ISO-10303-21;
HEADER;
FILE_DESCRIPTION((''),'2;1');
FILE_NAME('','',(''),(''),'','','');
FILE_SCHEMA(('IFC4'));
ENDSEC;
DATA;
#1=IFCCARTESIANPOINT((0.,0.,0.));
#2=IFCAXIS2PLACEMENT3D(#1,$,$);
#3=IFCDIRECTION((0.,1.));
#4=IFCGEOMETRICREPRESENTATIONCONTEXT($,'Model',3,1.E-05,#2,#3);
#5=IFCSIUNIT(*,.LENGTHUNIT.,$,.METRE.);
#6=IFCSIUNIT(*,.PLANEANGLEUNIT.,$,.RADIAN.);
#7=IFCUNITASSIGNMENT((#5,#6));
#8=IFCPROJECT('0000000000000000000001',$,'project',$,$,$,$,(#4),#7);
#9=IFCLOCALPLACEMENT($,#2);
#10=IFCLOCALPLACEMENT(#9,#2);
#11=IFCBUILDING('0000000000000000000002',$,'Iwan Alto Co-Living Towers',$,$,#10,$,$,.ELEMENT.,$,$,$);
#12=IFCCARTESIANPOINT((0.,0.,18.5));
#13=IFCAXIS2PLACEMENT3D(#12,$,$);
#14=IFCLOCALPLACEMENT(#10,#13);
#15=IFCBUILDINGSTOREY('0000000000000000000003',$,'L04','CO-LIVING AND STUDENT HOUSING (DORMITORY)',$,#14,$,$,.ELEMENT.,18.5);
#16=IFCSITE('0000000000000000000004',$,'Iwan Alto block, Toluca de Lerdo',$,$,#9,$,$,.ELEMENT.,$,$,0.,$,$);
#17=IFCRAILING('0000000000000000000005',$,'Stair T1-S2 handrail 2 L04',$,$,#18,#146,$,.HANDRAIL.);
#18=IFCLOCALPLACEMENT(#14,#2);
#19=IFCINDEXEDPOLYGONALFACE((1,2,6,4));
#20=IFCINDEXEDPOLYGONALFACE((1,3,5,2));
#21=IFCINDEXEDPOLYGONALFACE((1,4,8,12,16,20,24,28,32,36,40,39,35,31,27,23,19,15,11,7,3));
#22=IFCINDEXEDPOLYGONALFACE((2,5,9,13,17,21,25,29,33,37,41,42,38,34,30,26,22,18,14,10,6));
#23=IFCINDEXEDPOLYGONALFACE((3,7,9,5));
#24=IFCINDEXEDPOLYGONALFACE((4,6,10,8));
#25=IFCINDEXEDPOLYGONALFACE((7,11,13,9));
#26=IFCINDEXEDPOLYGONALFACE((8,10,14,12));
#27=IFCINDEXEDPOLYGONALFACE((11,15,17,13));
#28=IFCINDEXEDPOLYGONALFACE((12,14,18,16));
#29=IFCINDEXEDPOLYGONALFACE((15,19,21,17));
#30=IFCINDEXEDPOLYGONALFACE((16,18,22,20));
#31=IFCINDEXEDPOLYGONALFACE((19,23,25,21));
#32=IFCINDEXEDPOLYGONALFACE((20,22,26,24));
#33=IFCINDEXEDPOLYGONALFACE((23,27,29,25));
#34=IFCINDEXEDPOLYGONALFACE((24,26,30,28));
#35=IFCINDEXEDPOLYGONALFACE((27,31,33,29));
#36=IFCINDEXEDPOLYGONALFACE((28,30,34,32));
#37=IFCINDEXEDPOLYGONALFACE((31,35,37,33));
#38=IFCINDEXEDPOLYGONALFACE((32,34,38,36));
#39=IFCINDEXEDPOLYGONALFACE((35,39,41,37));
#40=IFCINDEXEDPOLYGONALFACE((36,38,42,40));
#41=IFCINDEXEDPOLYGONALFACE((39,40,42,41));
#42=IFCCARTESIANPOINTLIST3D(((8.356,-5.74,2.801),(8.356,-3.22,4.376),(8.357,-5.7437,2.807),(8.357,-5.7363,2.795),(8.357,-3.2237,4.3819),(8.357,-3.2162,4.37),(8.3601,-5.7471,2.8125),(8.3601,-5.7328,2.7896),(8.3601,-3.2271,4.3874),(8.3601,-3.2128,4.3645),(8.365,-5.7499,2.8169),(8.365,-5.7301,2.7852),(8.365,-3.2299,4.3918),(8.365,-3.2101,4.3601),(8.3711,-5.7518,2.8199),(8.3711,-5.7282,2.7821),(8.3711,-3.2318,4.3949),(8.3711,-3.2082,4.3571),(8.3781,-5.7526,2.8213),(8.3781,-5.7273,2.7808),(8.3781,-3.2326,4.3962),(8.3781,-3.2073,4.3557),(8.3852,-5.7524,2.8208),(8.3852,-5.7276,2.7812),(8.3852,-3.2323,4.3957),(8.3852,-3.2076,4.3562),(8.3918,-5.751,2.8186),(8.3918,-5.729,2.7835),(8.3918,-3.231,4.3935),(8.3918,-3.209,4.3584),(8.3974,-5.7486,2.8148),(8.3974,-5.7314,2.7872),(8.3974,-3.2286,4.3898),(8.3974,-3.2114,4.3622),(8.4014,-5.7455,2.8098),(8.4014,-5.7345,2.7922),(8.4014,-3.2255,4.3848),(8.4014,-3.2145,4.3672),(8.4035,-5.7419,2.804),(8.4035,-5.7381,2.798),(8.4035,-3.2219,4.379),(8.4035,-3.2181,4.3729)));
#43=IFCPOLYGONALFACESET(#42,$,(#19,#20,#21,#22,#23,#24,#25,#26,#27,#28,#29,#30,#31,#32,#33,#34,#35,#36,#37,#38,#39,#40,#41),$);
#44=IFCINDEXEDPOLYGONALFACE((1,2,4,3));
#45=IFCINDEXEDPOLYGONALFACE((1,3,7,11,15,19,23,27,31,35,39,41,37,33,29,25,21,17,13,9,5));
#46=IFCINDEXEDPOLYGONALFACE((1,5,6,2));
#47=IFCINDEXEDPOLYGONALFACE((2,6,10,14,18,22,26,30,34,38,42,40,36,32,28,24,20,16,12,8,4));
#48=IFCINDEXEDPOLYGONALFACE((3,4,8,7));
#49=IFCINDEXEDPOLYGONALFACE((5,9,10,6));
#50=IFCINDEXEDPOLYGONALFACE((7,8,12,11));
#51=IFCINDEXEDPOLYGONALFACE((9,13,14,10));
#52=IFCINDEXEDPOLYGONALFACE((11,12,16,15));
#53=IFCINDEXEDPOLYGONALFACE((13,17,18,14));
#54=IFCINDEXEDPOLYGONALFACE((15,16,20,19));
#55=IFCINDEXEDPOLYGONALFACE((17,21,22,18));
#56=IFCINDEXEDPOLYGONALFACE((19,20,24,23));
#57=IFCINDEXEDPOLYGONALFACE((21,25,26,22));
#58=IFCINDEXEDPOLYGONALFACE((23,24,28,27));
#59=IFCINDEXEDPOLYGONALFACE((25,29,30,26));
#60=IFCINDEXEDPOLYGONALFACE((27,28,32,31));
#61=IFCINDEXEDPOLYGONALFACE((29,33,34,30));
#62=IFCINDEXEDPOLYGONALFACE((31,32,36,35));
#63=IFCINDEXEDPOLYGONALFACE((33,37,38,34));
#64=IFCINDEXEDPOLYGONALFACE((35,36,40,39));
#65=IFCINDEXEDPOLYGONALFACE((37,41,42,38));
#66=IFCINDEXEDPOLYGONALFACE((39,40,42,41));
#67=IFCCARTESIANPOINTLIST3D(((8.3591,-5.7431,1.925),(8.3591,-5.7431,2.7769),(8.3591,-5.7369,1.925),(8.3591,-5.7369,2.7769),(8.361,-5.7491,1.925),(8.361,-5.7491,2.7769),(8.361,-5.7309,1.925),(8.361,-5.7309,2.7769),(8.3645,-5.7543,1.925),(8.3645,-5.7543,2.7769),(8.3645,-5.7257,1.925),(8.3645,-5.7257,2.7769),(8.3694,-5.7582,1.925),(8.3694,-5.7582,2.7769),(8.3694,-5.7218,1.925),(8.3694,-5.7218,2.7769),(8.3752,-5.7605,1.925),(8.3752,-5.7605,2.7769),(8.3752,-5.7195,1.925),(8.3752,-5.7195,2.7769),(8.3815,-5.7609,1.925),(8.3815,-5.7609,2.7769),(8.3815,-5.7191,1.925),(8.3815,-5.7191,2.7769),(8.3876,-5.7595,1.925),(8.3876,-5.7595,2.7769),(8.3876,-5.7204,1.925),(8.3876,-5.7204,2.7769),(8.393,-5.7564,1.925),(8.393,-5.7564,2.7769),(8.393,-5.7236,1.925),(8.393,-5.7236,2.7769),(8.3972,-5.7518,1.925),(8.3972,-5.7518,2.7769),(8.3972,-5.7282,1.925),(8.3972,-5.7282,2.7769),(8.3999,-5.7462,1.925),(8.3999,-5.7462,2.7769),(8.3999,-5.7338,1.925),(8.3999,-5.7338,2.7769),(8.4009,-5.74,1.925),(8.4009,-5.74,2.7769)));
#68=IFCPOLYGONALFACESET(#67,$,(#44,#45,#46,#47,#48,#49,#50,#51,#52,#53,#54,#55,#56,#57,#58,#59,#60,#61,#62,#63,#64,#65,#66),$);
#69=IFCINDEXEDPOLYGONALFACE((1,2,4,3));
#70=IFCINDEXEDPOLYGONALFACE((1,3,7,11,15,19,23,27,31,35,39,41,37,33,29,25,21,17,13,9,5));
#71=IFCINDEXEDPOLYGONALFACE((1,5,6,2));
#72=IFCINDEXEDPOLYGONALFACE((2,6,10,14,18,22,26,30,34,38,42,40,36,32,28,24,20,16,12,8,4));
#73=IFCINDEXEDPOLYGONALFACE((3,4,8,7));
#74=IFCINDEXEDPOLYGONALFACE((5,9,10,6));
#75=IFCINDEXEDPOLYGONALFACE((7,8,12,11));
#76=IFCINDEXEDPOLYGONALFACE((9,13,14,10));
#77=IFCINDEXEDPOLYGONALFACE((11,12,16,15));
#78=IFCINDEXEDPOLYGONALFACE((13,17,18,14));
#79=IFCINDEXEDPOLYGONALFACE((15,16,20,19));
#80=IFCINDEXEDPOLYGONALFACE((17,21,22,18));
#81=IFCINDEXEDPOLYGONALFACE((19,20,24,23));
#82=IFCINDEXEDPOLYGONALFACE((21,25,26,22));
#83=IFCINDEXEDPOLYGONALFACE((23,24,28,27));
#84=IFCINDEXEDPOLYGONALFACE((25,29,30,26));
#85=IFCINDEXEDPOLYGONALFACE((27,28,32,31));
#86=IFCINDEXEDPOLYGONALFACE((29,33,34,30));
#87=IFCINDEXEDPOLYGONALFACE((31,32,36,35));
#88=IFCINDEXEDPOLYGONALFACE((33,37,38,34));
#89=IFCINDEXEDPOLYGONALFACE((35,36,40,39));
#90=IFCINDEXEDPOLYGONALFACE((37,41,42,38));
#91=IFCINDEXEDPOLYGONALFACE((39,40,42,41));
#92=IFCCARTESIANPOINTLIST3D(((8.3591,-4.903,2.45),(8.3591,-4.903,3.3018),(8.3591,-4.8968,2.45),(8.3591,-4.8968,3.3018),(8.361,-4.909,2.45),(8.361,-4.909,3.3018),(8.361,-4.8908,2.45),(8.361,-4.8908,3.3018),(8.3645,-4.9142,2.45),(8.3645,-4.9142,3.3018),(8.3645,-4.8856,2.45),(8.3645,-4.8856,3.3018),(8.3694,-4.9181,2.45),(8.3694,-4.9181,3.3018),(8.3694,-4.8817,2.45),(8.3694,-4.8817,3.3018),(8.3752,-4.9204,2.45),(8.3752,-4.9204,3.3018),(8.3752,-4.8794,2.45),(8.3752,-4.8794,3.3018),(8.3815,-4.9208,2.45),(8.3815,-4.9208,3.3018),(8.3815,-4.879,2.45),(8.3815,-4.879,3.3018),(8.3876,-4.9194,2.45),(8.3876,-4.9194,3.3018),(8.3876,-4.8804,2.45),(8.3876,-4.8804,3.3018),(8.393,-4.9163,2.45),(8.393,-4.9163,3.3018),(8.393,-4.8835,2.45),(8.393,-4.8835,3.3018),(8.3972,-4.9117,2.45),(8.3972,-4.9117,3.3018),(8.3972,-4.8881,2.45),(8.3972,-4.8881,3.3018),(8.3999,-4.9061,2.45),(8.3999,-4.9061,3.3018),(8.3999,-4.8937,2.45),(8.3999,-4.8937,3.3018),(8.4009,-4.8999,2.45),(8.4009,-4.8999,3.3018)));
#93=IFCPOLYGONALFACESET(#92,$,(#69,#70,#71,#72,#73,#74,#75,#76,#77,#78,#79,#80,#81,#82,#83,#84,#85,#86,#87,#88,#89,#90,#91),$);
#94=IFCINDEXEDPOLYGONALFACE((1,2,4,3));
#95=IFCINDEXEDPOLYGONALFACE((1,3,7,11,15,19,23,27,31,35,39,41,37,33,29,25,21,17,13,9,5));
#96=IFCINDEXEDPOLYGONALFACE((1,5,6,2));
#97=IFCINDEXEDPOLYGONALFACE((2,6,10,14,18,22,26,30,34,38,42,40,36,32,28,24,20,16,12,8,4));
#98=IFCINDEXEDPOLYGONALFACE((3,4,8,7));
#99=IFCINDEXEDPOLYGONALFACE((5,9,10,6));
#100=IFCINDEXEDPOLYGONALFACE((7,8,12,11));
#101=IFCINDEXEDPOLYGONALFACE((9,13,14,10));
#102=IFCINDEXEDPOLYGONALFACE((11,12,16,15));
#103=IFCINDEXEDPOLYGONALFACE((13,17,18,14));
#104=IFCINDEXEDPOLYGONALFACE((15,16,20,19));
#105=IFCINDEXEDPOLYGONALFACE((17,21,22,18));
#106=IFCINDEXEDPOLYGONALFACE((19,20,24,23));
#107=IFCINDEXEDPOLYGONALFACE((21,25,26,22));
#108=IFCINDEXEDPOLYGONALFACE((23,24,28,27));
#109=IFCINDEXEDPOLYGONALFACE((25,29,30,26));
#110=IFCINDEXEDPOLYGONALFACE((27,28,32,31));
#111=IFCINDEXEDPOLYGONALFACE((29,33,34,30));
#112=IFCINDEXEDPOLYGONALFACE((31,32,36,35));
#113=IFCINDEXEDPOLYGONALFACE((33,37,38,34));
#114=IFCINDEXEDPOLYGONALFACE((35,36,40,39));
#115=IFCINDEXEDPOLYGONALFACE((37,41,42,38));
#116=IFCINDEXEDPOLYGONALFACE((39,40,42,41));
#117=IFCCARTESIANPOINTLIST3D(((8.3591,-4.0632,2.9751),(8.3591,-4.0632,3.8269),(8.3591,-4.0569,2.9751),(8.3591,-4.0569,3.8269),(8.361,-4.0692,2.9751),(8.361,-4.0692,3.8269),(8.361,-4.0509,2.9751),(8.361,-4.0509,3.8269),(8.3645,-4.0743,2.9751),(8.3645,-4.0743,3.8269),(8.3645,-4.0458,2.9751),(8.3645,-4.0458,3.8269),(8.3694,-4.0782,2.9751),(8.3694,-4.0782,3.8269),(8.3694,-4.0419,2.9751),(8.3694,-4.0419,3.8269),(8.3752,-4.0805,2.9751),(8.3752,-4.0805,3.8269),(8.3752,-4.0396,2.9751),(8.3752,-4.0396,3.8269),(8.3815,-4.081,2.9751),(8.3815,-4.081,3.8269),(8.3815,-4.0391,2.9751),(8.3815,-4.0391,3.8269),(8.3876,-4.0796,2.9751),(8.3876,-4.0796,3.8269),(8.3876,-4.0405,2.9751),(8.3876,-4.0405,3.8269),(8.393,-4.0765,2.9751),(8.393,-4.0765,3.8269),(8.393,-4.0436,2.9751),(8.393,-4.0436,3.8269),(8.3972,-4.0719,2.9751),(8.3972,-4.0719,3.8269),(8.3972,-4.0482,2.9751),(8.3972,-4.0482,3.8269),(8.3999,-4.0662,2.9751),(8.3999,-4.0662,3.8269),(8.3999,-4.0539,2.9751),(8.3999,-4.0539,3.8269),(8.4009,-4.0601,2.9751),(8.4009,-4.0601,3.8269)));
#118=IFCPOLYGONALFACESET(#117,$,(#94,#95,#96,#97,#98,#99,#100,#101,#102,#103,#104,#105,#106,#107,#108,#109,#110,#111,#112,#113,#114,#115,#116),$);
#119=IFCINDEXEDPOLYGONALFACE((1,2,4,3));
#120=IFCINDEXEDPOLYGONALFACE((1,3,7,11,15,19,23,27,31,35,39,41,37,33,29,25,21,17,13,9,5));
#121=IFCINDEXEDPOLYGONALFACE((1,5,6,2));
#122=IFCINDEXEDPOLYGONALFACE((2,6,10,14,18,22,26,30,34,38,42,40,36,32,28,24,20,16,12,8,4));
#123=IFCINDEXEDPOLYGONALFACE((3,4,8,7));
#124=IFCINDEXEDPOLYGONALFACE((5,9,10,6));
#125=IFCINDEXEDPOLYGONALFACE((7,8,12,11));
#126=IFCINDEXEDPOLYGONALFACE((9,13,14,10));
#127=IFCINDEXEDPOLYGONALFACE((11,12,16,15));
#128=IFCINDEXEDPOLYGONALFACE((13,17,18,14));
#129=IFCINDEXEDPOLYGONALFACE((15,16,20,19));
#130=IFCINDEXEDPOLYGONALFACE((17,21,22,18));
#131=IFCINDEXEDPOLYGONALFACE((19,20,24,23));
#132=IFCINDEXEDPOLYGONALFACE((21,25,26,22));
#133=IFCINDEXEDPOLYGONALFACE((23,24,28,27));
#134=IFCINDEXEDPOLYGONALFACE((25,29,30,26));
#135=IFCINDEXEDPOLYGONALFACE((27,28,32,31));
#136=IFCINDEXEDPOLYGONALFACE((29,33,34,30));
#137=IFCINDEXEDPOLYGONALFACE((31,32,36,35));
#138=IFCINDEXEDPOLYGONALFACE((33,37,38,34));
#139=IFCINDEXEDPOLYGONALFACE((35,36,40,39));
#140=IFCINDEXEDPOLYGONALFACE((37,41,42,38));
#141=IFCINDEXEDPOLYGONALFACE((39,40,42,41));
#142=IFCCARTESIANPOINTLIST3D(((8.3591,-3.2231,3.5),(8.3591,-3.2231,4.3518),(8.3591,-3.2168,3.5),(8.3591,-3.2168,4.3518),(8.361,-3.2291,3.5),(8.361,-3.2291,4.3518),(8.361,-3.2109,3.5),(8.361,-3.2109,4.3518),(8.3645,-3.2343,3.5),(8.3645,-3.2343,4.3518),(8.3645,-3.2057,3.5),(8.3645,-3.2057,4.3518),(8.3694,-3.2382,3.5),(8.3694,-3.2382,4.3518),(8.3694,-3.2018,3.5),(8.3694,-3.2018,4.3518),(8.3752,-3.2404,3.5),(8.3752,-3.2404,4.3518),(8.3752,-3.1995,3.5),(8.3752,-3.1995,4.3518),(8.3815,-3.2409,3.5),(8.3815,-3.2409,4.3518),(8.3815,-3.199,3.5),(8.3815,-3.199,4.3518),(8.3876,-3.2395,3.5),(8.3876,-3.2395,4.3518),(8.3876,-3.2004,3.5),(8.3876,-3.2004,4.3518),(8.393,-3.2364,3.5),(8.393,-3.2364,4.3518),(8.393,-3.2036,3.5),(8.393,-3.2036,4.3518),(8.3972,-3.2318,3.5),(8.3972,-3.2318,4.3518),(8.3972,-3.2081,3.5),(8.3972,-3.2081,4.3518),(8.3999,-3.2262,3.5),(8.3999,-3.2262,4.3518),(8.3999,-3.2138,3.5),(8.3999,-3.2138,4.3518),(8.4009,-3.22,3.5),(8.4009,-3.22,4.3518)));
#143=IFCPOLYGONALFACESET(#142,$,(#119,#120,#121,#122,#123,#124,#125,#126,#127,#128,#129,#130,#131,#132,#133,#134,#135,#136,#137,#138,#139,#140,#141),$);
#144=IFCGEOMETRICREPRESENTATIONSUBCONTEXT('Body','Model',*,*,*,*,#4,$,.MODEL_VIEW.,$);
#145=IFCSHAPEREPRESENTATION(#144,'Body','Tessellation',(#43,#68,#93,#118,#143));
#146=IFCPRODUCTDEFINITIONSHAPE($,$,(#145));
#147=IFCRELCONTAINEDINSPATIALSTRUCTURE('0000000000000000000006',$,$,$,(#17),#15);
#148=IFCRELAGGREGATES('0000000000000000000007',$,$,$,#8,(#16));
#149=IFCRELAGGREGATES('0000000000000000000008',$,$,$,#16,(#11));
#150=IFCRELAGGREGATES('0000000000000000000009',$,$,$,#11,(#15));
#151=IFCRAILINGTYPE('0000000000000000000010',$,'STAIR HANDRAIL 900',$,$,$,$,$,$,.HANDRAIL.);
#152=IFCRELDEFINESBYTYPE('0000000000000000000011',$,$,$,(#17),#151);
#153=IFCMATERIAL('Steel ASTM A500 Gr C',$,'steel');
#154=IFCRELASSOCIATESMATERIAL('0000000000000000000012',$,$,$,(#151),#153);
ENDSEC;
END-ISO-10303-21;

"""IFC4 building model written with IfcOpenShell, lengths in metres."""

from ifc_helpers import new_model, si_unit, direction, frame, origin, origin_2d, place, context, subcontext, project, spatial, circle, extrude, material, type_object, element, save


model = new_model("IFC4")

# Units and contexts
model_context = context("Model", 3, precision=1e-05, world=origin(), true_north=direction((0.0, 1.0)))
body_context = subcontext(model_context, "Body", "Model", "MODEL_VIEW")
ifc_project = project(units=[si_unit("LENGTHUNIT", "METRE"), si_unit("PLANEANGLEUNIT", "RADIAN")], contexts=[model_context])

# Site, building, storey
site_placement = place(None, origin())
site = spatial("IfcSite", under=ifc_project, at=site_placement, Name="Iwan Alto block, Toluca de Lerdo", CompositionType="ELEMENT", RefElevation=0.0)
building_placement = place(site_placement, origin())
building = spatial("IfcBuilding", under=site, at=building_placement, Name="Iwan Alto Co-Living Towers", CompositionType="ELEMENT")
storey_placement = place(building_placement, frame((0.0, 0.0, 18.5)))
storey = spatial("IfcBuildingStorey", under=building, at=storey_placement, Name="L04", Description="CO-LIVING AND STUDENT HOUSING (DORMITORY)", CompositionType="ELEMENT", Elevation=18.5)

# Railing
ifc_material_1 = material(Name="Steel ASTM A500 Gr C", Category="steel")
railing_type_1 = type_object("IfcRailingType", Name="STAIR HANDRAIL 900", PredefinedType="HANDRAIL", material=ifc_material_1)
railing_1_placement = place(storey_placement, frame((8.3799, -5.74, 1.925)))
element("IfcRailing", 1, at=railing_1_placement, inside=storey, type_object=railing_type_1, Name="Stair T1-S2 handrail 2 L04", PredefinedType="HANDRAIL", context=body_context, shape_type="SweptSolid", body=[
    extrude(circle(Radius=0.0239, at=origin_2d()), frame((0.0, 0.0, 0.876), z_axis=(0.0, 0.848008, 0.529984), x_axis=(-1.0, 0.0, 0.0)), (0.0, 0.0, 1.0), 2.9717),
    extrude(circle(Radius=0.021, at=origin_2d()), origin(), (0.0, 0.0, 1.0), 0.8518),
    extrude(circle(Radius=0.021, at=origin_2d()), frame((0.0, 0.8401, 0.5249)), (0.0, 0.0, 1.0), 0.8518),
    extrude(circle(Radius=0.021, at=origin_2d()), frame((0.0, 1.6799, 1.05)), (0.0, 0.0, 1.0), 0.8518),
    extrude(circle(Radius=0.021, at=origin_2d()), frame((0.0, 2.52, 1.575)), (0.0, 0.0, 1.0), 0.8518),
])

save(model, "model.ifc")
